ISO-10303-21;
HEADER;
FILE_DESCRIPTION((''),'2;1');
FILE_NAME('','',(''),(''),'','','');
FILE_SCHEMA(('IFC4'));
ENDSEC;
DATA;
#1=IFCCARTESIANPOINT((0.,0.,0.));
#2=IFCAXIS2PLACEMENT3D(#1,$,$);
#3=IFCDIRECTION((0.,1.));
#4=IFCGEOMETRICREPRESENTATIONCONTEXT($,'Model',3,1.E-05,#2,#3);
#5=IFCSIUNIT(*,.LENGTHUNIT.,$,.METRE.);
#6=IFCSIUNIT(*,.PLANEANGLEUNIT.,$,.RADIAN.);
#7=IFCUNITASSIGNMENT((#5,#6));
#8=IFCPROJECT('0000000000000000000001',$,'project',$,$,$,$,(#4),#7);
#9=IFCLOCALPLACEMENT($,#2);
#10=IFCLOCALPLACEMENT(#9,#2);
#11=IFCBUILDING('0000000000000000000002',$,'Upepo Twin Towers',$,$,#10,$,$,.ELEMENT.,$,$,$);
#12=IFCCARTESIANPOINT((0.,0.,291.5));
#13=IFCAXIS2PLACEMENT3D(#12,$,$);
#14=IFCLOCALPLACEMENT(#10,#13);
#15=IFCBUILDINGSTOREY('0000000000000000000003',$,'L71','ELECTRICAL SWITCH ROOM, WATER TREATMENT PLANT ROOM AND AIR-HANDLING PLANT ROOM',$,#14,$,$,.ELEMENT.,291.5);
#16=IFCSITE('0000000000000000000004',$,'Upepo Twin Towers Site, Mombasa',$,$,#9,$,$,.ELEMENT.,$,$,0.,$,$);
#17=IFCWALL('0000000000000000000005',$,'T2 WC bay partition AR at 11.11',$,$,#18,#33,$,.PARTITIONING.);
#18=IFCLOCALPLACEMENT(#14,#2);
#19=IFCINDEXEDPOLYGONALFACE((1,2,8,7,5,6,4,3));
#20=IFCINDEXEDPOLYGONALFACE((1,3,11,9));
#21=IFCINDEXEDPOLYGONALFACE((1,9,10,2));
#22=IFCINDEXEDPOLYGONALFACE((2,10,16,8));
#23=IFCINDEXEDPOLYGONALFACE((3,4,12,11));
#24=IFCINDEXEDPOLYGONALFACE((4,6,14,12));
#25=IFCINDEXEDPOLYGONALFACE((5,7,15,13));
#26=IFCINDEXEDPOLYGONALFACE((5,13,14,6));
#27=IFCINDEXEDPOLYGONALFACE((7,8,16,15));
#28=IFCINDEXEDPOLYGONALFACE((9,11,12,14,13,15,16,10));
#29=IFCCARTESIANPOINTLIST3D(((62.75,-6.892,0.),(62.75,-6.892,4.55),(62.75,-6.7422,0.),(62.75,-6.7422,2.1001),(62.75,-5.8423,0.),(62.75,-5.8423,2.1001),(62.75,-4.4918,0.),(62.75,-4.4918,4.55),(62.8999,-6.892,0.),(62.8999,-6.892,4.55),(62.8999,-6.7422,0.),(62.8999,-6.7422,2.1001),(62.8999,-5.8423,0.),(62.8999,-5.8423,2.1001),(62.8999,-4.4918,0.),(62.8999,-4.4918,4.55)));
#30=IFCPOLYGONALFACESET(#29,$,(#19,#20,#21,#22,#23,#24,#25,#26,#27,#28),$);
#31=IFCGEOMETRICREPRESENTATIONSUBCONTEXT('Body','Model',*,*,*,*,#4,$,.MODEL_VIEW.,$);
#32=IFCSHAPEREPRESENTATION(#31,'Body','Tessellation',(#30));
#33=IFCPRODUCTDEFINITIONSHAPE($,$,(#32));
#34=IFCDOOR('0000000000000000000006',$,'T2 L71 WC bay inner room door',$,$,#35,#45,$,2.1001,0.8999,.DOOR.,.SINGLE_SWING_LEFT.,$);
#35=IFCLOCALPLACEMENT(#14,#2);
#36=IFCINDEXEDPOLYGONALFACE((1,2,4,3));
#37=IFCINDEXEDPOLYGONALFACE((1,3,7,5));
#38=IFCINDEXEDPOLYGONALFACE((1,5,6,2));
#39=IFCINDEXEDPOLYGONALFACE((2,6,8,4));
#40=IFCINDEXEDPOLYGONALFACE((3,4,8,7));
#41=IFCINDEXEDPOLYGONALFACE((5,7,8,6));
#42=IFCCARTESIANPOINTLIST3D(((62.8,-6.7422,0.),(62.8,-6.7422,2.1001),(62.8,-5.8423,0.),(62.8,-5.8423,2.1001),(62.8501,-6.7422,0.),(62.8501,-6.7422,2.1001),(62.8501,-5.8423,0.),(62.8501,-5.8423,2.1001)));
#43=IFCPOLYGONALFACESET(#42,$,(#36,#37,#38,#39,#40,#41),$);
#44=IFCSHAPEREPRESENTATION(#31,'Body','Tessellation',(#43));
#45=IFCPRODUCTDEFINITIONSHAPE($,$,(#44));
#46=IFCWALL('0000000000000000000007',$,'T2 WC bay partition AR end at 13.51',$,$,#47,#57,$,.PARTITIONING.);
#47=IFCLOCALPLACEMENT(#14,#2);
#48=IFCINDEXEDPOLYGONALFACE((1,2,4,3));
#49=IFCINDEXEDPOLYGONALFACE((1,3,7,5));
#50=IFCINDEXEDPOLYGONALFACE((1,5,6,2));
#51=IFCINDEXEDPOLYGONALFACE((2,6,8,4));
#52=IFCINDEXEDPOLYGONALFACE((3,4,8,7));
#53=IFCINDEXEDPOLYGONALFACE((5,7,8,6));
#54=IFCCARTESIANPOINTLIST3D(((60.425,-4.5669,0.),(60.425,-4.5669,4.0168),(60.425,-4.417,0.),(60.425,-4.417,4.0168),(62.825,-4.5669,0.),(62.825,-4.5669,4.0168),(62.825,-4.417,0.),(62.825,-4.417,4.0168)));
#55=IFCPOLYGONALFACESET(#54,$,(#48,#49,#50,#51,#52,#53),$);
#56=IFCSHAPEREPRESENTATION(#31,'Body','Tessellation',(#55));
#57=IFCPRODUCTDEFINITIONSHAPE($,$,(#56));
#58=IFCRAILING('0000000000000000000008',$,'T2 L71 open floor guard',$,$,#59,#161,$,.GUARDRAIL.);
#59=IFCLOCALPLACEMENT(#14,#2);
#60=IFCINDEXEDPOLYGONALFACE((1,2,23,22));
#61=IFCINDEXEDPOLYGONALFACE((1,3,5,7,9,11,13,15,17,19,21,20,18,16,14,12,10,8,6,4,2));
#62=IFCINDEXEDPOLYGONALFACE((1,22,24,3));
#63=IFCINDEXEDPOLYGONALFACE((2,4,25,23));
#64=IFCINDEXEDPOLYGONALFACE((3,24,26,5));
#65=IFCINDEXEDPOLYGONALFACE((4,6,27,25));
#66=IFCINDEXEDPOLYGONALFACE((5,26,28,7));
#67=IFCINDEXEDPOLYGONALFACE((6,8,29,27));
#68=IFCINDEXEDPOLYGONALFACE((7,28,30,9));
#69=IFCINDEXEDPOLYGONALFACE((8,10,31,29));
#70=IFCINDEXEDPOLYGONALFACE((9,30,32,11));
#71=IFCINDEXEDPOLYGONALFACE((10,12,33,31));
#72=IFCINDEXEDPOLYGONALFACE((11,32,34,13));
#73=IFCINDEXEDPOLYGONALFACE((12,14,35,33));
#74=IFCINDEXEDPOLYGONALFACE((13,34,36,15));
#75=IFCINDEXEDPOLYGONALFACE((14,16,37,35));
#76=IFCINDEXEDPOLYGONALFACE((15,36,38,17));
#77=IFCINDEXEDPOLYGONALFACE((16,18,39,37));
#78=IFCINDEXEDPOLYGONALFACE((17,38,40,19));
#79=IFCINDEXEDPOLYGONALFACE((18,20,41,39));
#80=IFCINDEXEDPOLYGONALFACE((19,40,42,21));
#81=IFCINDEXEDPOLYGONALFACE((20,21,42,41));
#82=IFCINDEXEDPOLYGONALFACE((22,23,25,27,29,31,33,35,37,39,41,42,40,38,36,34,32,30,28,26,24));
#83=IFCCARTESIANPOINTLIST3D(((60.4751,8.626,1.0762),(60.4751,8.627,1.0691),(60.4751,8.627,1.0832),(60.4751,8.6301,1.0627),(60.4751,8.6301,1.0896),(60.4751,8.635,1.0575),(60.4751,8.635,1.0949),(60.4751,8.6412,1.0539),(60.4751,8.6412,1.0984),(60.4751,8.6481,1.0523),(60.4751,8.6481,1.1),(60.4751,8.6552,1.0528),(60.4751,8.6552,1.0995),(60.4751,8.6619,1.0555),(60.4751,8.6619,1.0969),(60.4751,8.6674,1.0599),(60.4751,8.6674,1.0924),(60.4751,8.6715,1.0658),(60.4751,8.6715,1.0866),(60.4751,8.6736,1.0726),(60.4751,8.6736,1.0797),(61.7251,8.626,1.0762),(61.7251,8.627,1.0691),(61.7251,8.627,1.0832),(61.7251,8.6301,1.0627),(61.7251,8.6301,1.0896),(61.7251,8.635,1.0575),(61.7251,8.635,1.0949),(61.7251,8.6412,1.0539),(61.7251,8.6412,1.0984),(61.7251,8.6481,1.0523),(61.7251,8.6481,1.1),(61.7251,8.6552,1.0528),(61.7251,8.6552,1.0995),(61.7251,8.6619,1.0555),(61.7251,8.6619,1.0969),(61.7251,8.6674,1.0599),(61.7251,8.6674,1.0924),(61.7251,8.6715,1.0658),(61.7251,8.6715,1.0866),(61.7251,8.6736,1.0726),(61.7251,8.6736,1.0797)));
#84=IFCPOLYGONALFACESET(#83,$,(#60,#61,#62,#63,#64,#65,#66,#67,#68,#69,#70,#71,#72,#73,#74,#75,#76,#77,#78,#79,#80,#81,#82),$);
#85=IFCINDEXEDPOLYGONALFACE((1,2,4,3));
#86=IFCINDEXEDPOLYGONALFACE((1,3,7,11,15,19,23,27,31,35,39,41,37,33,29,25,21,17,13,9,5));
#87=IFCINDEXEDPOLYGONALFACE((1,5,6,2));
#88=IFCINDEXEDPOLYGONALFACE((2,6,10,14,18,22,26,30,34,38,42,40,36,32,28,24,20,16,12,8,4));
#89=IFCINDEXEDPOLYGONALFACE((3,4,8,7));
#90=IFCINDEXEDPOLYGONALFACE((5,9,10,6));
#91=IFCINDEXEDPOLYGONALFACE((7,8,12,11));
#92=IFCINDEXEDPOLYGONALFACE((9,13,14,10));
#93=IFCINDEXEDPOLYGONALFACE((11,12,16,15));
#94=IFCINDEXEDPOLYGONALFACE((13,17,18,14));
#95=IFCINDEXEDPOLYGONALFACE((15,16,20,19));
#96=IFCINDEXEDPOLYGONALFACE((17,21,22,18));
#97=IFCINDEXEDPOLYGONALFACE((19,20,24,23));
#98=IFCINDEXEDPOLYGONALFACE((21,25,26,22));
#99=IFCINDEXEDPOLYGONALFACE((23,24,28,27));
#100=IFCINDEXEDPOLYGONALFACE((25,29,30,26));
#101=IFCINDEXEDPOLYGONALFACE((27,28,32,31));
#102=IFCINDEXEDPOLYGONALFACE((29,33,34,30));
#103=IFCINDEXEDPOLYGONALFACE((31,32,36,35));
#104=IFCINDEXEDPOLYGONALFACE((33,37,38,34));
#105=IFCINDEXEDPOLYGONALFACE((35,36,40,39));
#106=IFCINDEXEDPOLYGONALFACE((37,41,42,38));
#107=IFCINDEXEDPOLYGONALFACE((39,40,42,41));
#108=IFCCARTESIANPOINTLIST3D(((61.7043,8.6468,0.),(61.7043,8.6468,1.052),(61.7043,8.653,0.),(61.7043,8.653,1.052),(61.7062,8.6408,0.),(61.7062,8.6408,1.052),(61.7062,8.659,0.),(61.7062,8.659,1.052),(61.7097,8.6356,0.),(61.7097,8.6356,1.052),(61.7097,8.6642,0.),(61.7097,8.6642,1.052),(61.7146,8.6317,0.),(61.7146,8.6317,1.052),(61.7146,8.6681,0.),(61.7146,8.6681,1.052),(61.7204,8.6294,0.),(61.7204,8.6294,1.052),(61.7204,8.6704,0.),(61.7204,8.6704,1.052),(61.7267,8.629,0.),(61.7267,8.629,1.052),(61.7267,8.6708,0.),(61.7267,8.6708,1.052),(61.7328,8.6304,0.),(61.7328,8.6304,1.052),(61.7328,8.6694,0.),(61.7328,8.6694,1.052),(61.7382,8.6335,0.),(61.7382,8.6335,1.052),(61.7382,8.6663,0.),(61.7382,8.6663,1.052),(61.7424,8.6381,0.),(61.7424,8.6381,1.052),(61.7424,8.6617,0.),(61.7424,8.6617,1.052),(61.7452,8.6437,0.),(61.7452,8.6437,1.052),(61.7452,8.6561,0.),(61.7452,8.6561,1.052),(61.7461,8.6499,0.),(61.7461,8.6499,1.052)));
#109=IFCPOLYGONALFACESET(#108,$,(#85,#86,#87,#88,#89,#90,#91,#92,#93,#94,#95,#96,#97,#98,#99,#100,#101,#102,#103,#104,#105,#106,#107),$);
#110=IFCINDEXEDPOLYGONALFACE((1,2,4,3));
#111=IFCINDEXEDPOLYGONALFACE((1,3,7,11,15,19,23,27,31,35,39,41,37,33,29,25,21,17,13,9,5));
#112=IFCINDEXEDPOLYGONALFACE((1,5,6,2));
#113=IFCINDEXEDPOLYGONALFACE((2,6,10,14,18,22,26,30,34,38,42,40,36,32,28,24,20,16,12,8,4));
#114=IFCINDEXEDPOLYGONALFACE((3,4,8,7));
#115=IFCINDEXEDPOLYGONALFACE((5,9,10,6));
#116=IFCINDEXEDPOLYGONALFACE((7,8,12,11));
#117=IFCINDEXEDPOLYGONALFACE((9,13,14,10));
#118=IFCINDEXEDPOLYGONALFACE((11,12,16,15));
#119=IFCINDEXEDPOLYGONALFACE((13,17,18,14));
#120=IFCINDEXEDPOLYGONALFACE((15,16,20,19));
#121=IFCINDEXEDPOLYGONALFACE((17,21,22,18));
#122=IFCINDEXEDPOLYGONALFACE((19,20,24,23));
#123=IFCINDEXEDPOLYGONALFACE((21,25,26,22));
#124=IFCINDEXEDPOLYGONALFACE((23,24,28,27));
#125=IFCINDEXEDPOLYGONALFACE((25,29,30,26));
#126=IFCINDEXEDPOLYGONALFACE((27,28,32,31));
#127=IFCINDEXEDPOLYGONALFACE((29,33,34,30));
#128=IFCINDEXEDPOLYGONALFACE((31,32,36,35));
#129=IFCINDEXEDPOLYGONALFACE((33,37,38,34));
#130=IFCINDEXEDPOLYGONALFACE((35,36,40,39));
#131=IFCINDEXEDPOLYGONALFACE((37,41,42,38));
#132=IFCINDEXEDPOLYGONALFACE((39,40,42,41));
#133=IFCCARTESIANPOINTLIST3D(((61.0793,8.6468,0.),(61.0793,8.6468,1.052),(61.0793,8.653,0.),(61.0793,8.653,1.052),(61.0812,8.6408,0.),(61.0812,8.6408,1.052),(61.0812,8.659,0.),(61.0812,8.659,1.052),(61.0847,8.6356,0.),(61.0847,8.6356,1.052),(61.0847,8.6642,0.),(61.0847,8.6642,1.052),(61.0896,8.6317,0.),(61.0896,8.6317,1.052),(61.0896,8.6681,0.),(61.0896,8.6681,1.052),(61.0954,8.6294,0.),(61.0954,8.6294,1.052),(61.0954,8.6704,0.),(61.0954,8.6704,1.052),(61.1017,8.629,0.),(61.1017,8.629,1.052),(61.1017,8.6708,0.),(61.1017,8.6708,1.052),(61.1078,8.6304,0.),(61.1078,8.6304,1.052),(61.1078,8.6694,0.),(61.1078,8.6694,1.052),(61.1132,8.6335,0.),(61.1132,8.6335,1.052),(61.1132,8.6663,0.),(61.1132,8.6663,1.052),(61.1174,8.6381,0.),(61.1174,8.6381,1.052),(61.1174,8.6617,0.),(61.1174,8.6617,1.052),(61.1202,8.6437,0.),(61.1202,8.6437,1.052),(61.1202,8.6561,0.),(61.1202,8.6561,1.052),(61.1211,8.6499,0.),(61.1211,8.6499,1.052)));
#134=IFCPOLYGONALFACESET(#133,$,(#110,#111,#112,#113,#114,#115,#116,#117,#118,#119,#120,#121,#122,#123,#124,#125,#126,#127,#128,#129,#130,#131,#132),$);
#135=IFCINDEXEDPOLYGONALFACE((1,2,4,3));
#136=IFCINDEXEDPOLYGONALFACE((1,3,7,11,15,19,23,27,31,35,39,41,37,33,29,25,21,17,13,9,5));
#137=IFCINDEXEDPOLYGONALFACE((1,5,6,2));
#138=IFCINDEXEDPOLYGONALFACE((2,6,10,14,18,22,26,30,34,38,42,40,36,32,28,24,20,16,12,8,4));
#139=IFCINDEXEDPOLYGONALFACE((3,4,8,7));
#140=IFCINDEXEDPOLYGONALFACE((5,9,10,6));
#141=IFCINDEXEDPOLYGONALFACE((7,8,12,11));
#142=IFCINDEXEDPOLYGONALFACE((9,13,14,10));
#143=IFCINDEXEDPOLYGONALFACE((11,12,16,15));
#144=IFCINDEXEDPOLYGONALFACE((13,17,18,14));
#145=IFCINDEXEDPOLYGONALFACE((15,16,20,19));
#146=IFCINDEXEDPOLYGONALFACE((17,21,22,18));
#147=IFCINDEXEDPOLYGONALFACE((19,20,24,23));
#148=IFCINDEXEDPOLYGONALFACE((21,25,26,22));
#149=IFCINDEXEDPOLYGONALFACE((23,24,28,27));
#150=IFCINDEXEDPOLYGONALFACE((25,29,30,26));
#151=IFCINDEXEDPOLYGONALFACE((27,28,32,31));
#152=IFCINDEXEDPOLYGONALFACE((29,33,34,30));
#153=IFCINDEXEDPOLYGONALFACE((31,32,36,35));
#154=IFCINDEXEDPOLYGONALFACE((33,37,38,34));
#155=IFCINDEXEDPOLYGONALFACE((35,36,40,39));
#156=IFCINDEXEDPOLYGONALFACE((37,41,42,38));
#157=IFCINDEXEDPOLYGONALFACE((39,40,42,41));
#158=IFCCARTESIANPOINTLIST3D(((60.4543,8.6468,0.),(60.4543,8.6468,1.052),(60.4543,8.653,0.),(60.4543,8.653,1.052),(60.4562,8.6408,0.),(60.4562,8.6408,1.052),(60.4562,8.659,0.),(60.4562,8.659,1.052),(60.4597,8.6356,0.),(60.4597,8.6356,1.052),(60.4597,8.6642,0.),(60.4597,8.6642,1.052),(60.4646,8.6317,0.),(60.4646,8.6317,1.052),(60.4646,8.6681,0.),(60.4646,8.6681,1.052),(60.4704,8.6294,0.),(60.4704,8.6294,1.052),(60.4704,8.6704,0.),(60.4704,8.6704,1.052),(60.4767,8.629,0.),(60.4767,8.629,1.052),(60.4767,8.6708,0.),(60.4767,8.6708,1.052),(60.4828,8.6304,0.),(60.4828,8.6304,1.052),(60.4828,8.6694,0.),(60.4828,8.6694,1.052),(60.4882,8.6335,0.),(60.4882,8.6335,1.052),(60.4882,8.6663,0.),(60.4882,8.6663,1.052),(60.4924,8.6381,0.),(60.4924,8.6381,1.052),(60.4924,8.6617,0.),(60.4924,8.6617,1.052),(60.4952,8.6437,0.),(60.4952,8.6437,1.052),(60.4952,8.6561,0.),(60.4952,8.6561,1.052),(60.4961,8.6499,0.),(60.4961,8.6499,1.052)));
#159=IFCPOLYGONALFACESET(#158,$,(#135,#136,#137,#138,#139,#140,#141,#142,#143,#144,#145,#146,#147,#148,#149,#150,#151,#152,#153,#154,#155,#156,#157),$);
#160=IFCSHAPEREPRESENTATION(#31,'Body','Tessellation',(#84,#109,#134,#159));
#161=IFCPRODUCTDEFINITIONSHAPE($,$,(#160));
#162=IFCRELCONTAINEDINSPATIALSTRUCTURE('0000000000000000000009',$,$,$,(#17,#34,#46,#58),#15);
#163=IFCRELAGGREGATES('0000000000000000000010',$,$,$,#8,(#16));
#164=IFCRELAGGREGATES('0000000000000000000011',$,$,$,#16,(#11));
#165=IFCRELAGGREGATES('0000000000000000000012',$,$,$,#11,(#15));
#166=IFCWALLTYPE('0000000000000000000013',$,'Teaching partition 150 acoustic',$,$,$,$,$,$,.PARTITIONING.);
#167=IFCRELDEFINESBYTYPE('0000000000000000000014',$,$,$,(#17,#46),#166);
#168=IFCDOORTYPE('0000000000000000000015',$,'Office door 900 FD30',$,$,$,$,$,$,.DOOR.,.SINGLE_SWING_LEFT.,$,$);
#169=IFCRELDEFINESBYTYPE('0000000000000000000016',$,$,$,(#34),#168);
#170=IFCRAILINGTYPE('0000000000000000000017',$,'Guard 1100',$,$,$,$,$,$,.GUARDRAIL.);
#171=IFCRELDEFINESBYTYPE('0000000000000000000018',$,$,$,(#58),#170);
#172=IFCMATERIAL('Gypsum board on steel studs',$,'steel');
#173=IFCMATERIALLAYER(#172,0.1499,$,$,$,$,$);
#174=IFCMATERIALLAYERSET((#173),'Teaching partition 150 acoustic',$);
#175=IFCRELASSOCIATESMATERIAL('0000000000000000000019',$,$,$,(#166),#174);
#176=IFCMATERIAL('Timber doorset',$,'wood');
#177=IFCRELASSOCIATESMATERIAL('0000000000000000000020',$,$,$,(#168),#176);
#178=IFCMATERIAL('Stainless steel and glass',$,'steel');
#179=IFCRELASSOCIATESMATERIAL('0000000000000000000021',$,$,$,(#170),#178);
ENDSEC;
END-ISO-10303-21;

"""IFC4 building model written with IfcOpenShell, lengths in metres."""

from ifc_helpers import new_model, si_unit, direction, frame, frame_2d, origin, origin_2d, place, context, subcontext, project, spatial, rectangle, circle, extrude, material, layer, layer_set, type_object, element, fill, save


model = new_model("IFC4")

# Units and contexts
model_context = context("Model", 3, precision=1e-05, world=origin(), true_north=direction((0.0, 1.0)))
body_context = subcontext(model_context, "Body", "Model", "MODEL_VIEW")
ifc_project = project(units=[si_unit("LENGTHUNIT", "METRE"), si_unit("PLANEANGLEUNIT", "RADIAN")], contexts=[model_context])

# Site, building, storey
site_placement = place(None, origin())
site = spatial("IfcSite", under=ifc_project, at=site_placement, Name="Upepo Twin Towers Site, Mombasa", CompositionType="ELEMENT", RefElevation=0.0)
building_placement = place(site_placement, origin())
building = spatial("IfcBuilding", under=site, at=building_placement, Name="Upepo Twin Towers", CompositionType="ELEMENT")
storey_placement = place(building_placement, frame((0.0, 0.0, 291.5)))
storey = spatial("IfcBuildingStorey", under=building, at=storey_placement, Name="L71", Description="ELECTRICAL SWITCH ROOM, WATER TREATMENT PLANT ROOM AND AIR-HANDLING PLANT ROOM", CompositionType="ELEMENT", Elevation=291.5)

# Wall, opening, door
ifc_material_1 = material(Name="Gypsum board on steel studs", Category="steel")
ifc_layer_1 = layer(ifc_material_1, 0.1499)
ifc_layer_set_1 = layer_set([ifc_layer_1], Name="Teaching partition 150 acoustic")
wall_type_1 = type_object("IfcWallType", Name="Teaching partition 150 acoustic", PredefinedType="PARTITIONING", material=ifc_layer_set_1)
wall_1_placement = place(storey_placement, frame((62.825, -6.8921, 0.0), z_axis=(0.0, 0.0, 1.0), x_axis=(0.0, 1.0, 0.0)))
wall_1 = element("IfcWall", 1, at=wall_1_placement, inside=storey, type_object=wall_type_1, Name="T2 WC bay partition AR at 11.11", PredefinedType="PARTITIONING", context=body_context, shape_type="SweptSolid", body=[
    extrude(rectangle(XDim=2.4001, YDim=0.1499, at=frame_2d((1.2002, 0.0))), origin(), (0.0, 0.0, 1.0), 4.55),
])
opening_1_placement = place(wall_1_placement, frame((0.1499, 0.0, 0.0)))
opening_1 = element("IfcOpeningElement", 2, at=opening_1_placement, cuts=wall_1, PredefinedType="OPENING", context=body_context, shape_type="SweptSolid", body=[
    extrude(rectangle(XDim=0.8999, YDim=2.1001, at=frame_2d((0.45, 1.05))), frame((0.0, 0.085, 0.0), z_axis=(0.0, -1.0, 0.0), x_axis=(1.0, 0.0, 0.0)), (0.0, 0.0, 1.0), 0.1699),
])
ifc_material_2 = material(Name="Timber doorset", Category="wood")
door_type_1 = type_object("IfcDoorType", Name="Office door 900 FD30", OperationType="SINGLE_SWING_LEFT", PredefinedType="DOOR", material=ifc_material_2)
door_1_placement = place(opening_1_placement, origin())
door_1 = element("IfcDoor", 3, at=door_1_placement, inside=storey, type_object=door_type_1, Name="T2 L71 WC bay inner room door", OperationType="SINGLE_SWING_LEFT", OverallHeight=2.1001, OverallWidth=0.8999, PredefinedType="DOOR", context=body_context, shape_type="SweptSolid", body=[
    extrude(rectangle(XDim=0.8999, YDim=2.1001, at=frame_2d((0.45, 1.05))), frame((0.0, 0.0249, 0.0), z_axis=(0.0, -1.0, 0.0), x_axis=(1.0, 0.0, 0.0)), (0.0, 0.0, 1.0), 0.05),
])
fill(opening_1, door_1)

# Wall
wall_2_placement = place(storey_placement, frame((60.425, -4.4919, 0.0), z_axis=(0.0, 0.0, 1.0), x_axis=(1.0, 0.0, 0.0)))
element("IfcWall", 4, at=wall_2_placement, inside=storey, type_object=wall_type_1, Name="T2 WC bay partition AR end at 13.51", PredefinedType="PARTITIONING", context=body_context, shape_type="SweptSolid", body=[
    extrude(rectangle(XDim=2.3999, YDim=0.1499, at=frame_2d((1.2, 0.0))), origin(), (0.0, 0.0, 1.0), 4.0168),
])

# Railing
ifc_material_3 = material(Name="Stainless steel and glass", Category="steel")
railing_type = type_object("IfcRailingType", Name="Guard 1100", PredefinedType="GUARDRAIL", material=ifc_material_3)
railing_1_placement = place(storey_placement, frame((61.7251, 8.6499, 0.0)))
element("IfcRailing", 5, at=railing_1_placement, inside=storey, type_object=railing_type, Name="T2 L71 open floor guard", PredefinedType="GUARDRAIL", context=body_context, shape_type="SweptSolid", body=[
    extrude(circle(Radius=0.0239, at=origin_2d()), frame((0.0, 0.0, 1.0762), z_axis=(-1.0, 0.0, 0.0), x_axis=(0.0, -1.0, 0.0)), (0.0, 0.0, 1.0), 1.25),
    extrude(circle(Radius=0.021, at=origin_2d()), origin(), (0.0, 0.0, 1.0), 1.052),
    extrude(circle(Radius=0.021, at=origin_2d()), frame((-0.625, 0.0, 0.0)), (0.0, 0.0, 1.0), 1.052),
    extrude(circle(Radius=0.021, at=origin_2d()), frame((-1.25, 0.0, 0.0)), (0.0, 0.0, 1.0), 1.052),
])

save(model, "model.ifc")
